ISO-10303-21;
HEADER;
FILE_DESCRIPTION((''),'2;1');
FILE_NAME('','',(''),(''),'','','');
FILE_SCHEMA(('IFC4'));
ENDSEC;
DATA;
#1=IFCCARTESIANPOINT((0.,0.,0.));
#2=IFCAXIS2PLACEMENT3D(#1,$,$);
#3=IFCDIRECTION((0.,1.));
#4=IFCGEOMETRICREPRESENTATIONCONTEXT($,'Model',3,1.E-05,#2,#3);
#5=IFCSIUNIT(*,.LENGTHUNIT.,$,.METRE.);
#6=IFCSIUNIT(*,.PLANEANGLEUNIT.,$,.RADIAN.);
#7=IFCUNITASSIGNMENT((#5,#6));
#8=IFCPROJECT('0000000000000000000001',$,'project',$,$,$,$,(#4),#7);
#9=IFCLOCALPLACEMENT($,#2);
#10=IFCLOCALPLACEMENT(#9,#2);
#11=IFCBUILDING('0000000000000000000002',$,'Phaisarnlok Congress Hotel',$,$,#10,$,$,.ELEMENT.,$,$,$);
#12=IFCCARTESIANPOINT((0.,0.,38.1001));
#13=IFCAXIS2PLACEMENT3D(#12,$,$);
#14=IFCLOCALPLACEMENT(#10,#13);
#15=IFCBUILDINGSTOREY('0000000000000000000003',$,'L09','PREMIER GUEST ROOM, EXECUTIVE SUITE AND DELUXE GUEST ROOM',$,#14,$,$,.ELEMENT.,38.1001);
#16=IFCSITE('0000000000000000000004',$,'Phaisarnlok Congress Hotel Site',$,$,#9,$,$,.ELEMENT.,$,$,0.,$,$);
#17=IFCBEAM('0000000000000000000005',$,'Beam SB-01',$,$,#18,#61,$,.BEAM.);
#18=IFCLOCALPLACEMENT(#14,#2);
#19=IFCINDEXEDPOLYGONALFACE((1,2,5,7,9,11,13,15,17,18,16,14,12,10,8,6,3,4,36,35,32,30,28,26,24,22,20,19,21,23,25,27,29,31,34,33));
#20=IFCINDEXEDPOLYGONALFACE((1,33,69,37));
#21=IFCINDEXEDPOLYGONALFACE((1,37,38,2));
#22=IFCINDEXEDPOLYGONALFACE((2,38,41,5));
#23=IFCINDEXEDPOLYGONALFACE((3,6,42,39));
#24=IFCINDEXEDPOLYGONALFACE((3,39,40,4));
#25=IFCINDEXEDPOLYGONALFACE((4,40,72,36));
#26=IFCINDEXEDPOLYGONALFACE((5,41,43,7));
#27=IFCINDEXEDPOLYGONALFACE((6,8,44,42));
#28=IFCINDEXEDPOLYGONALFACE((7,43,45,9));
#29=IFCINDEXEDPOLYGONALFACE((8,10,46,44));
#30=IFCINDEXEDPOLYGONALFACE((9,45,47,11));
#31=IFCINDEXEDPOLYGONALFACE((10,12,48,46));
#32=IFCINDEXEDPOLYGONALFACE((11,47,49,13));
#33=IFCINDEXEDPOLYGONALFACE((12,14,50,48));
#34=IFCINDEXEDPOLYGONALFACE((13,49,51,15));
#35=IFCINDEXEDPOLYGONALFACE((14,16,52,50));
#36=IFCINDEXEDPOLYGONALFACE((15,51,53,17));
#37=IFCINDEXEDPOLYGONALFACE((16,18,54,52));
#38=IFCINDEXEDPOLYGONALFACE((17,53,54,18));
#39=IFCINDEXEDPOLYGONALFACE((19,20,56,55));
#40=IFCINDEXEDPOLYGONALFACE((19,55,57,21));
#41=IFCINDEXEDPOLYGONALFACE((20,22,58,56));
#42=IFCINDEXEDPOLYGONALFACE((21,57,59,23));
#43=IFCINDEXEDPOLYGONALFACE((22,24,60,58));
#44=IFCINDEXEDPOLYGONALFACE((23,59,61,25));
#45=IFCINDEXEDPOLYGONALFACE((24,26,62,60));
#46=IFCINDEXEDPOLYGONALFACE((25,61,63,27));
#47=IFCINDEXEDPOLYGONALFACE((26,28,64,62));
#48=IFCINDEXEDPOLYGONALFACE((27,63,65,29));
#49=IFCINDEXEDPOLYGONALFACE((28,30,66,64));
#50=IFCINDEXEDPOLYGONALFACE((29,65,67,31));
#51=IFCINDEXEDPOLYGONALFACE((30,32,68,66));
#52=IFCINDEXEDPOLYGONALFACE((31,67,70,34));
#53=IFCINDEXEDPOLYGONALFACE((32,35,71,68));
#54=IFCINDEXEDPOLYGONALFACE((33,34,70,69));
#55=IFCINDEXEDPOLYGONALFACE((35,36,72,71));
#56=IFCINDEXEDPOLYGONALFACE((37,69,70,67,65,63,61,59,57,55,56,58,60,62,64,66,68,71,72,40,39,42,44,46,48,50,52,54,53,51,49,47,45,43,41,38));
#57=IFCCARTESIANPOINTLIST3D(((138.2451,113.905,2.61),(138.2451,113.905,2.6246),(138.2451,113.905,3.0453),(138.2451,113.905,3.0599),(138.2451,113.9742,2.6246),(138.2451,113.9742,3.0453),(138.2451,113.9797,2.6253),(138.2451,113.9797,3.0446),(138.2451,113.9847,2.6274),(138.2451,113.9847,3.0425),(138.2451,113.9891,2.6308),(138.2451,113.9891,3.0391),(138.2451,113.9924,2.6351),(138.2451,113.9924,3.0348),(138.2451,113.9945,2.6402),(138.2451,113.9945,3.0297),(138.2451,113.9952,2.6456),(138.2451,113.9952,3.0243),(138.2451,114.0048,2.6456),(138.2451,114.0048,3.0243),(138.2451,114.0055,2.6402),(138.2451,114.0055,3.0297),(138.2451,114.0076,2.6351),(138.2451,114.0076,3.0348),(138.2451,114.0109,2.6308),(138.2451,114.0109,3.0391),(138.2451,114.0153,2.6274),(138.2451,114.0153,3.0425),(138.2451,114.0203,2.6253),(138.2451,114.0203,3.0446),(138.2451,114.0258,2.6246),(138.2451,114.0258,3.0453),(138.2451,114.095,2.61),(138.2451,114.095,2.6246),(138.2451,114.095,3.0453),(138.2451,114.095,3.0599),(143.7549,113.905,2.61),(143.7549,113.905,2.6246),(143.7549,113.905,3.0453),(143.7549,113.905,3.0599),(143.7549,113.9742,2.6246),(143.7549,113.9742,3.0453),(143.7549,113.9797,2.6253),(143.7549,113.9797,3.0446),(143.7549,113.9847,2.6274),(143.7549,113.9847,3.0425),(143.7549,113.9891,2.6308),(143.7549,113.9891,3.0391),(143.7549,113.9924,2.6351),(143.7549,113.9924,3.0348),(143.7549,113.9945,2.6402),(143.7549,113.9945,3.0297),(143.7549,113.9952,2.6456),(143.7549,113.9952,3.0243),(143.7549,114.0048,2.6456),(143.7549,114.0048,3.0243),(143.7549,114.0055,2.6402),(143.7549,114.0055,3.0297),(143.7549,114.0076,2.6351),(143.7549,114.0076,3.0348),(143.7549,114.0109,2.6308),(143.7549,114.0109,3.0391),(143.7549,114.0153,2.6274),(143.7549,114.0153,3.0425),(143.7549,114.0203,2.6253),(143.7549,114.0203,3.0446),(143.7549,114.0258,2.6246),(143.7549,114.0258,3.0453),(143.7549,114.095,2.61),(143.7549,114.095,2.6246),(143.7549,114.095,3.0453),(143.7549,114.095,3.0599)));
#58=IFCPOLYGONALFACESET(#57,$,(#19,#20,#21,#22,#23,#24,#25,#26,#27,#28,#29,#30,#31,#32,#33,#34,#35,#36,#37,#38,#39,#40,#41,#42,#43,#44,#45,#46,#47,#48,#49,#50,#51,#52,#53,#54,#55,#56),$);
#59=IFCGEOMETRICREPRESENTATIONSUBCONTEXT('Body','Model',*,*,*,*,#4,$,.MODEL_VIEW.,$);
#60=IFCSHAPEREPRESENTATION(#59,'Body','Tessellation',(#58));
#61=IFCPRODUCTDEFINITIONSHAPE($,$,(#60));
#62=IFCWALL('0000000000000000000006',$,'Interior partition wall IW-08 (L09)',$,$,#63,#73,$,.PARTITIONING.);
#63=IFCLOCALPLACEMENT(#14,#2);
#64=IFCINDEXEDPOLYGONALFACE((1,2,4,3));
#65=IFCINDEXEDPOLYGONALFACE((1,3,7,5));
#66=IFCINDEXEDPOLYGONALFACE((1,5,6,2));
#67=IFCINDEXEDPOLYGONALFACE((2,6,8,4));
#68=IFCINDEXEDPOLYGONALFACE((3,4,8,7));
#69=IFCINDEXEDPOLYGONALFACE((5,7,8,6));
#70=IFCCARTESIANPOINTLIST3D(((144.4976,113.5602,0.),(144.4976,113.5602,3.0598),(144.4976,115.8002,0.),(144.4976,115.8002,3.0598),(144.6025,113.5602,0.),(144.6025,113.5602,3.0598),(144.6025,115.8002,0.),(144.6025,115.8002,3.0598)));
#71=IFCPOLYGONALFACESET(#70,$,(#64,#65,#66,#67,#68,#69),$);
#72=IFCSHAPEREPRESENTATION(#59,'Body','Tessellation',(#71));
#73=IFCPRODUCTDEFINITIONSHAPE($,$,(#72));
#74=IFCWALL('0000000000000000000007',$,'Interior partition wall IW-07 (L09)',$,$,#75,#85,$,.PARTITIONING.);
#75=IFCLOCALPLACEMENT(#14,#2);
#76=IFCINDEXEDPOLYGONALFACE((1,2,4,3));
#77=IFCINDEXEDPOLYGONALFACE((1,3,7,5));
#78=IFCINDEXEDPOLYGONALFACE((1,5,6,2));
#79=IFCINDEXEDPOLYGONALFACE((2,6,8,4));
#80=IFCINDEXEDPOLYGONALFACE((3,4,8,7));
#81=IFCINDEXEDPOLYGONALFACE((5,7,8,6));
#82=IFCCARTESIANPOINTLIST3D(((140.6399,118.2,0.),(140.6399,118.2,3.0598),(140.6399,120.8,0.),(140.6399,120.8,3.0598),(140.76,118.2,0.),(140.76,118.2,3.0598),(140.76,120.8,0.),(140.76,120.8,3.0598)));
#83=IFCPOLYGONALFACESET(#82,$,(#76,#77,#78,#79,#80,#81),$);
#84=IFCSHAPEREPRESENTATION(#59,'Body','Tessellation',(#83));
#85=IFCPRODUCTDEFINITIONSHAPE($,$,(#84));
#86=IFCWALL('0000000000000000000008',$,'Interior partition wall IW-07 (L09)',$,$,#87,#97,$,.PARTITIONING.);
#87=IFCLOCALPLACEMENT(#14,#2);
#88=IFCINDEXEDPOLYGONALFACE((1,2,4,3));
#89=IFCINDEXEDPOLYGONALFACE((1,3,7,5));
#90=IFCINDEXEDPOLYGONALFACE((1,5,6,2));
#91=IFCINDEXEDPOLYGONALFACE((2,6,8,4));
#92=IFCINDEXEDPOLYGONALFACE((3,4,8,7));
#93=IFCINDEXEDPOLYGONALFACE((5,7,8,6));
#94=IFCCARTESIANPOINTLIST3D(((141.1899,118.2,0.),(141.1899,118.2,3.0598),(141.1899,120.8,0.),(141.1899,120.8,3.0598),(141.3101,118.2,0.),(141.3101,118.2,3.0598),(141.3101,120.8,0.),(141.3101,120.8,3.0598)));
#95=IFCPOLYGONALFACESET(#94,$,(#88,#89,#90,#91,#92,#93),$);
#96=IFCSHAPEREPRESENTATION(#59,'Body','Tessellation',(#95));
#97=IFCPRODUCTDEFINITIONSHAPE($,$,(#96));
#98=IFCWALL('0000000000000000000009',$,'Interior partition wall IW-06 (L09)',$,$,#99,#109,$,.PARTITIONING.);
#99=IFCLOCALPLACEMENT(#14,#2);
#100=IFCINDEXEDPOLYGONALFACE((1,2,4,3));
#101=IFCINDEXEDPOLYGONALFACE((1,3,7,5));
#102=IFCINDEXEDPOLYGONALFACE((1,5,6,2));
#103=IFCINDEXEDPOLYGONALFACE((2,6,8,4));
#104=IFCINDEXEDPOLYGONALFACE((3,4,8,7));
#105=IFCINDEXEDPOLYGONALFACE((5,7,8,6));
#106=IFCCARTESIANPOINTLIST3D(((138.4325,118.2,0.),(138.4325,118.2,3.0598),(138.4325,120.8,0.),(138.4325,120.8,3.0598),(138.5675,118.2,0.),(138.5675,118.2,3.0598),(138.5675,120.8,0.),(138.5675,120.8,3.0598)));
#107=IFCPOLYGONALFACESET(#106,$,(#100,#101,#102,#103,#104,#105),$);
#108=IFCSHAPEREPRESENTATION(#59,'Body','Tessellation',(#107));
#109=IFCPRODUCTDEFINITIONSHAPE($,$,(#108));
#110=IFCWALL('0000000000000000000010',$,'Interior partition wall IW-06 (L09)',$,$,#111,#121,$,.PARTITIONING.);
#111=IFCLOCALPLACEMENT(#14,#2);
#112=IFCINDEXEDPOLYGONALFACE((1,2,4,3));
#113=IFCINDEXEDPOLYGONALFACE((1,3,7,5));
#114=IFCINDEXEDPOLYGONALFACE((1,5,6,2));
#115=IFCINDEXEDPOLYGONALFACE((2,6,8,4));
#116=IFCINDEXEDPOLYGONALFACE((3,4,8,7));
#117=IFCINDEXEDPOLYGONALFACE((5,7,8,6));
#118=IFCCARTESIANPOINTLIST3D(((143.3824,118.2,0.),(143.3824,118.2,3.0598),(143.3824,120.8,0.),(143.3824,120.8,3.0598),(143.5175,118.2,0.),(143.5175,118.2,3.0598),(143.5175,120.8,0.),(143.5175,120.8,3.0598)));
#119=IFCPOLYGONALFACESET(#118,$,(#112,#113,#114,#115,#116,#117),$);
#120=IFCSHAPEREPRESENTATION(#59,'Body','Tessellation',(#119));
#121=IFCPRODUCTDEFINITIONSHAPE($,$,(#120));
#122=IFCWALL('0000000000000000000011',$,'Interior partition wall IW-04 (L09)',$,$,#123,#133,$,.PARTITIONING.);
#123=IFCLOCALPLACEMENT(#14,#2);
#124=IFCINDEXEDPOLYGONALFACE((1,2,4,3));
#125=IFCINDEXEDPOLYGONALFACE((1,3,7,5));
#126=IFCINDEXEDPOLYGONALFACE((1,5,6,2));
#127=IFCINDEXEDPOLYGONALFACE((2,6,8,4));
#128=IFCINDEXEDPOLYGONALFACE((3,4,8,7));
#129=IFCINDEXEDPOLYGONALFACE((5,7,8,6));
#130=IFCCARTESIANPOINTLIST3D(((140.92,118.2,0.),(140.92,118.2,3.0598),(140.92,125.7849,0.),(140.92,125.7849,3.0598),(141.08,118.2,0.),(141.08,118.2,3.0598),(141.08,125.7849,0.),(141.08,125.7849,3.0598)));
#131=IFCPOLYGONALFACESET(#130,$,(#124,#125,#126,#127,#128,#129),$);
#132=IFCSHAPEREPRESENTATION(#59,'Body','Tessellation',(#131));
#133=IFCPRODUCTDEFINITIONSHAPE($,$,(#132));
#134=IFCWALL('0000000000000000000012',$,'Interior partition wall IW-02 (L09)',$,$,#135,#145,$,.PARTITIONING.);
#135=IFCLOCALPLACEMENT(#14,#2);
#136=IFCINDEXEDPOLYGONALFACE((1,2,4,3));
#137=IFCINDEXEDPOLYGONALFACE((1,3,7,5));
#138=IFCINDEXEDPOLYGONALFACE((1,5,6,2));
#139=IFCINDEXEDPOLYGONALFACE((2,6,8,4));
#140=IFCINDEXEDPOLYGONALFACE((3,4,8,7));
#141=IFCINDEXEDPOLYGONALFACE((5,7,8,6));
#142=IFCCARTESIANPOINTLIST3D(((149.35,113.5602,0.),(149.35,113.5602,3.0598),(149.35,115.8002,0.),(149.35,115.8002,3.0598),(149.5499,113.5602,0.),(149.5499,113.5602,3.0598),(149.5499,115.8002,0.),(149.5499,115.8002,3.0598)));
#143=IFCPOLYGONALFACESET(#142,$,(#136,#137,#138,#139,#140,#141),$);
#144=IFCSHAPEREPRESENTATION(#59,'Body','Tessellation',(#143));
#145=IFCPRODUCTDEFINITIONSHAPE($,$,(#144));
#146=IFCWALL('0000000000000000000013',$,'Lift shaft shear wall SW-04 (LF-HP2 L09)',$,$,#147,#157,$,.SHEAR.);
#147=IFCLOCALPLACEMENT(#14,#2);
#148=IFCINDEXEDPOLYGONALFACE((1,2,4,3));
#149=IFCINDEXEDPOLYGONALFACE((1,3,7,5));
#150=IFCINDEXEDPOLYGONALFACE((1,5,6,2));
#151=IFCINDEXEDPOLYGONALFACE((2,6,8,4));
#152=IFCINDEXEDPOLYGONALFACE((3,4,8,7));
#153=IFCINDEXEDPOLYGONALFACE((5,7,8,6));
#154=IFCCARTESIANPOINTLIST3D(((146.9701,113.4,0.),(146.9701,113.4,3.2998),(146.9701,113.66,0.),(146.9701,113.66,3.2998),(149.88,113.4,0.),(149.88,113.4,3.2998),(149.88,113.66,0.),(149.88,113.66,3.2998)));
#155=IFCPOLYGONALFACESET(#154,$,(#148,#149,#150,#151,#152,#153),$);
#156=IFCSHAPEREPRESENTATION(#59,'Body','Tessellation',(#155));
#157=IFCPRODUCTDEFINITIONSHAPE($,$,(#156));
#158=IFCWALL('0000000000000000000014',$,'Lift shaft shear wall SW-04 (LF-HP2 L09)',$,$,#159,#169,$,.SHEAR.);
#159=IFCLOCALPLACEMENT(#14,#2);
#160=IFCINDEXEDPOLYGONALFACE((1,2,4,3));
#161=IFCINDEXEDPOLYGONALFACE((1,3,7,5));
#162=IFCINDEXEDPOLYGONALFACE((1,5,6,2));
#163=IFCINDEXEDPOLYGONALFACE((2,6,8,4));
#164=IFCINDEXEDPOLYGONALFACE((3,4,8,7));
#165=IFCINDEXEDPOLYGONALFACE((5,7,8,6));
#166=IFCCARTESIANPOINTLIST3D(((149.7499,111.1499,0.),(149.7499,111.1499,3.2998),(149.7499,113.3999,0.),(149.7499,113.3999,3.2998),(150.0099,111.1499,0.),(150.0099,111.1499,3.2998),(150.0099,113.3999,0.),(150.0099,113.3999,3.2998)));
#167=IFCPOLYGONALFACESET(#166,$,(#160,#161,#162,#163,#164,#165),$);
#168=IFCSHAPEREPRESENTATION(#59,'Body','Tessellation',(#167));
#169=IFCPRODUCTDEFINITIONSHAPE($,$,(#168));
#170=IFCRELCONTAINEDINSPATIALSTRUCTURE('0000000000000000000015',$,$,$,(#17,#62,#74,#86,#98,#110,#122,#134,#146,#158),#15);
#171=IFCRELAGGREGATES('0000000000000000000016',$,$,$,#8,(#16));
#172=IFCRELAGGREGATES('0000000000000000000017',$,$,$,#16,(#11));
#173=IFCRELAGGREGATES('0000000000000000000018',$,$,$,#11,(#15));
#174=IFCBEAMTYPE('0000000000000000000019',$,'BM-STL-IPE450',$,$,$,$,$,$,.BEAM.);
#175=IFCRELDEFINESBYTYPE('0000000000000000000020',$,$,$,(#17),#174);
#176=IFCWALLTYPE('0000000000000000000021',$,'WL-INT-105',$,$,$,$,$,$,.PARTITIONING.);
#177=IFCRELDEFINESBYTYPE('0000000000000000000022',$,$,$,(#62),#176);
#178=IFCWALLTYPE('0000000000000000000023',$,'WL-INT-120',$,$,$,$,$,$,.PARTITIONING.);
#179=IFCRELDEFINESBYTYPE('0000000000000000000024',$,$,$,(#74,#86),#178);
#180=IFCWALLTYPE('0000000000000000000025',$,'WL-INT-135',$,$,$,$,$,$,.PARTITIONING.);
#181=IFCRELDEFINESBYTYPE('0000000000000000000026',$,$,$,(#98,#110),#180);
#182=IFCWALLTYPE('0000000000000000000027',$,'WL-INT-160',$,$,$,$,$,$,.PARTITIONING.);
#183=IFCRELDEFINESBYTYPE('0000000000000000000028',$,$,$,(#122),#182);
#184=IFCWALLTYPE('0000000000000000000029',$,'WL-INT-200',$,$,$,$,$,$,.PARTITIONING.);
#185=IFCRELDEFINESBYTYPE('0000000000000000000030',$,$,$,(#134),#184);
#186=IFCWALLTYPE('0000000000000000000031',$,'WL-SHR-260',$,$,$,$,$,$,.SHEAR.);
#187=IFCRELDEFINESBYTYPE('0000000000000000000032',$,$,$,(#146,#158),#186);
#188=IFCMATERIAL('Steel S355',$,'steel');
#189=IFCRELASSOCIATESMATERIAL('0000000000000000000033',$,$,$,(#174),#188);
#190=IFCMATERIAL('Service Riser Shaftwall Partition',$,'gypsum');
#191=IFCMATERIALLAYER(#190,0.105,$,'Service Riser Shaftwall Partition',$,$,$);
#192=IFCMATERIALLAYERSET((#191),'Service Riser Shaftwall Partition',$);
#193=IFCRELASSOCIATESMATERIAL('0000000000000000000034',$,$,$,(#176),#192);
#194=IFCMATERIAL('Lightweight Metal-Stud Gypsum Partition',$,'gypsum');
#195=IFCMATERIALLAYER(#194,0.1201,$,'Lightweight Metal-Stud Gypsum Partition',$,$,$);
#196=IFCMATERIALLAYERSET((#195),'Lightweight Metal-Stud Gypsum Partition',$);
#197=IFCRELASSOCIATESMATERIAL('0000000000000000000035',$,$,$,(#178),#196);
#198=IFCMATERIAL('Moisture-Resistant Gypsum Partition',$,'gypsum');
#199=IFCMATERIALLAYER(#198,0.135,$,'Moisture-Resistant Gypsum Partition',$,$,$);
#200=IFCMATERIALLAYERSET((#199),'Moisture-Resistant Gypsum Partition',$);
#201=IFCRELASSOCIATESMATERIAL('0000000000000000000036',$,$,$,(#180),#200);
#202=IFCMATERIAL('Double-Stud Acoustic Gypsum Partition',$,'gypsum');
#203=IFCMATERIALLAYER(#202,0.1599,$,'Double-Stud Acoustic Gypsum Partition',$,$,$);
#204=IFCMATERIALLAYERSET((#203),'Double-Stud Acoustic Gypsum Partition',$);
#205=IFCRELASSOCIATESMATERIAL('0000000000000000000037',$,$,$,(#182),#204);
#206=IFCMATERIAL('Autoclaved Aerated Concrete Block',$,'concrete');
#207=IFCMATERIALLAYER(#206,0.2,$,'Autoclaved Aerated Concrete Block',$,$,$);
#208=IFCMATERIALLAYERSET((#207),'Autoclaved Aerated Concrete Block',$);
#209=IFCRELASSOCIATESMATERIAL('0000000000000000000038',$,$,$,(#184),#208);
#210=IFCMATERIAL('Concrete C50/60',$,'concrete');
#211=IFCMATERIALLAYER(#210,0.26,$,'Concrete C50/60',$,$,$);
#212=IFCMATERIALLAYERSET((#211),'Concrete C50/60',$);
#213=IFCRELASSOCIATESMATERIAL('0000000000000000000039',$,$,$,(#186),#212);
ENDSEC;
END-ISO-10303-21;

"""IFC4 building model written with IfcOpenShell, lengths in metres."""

from ifc_helpers import new_model, si_unit, direction, frame, frame_2d, origin, origin_2d, place, context, subcontext, project, spatial, rectangle, i_section, extrude, material, layer, layer_set, material_profile, profile_set, type_object, element, save


model = new_model("IFC4")

# Units and contexts
model_context = context("Model", 3, precision=1e-05, world=origin(), true_north=direction((0.0, 1.0)))
body_context = subcontext(model_context, "Body", "Model", "MODEL_VIEW")
ifc_project = project(units=[si_unit("LENGTHUNIT", "METRE"), si_unit("PLANEANGLEUNIT", "RADIAN")], contexts=[model_context])

# Site, building, storey
site_placement = place(None, origin())
site = spatial("IfcSite", under=ifc_project, at=site_placement, Name="Phaisarnlok Congress Hotel Site", CompositionType="ELEMENT", RefElevation=0.0)
building_placement = place(site_placement, origin())
building = spatial("IfcBuilding", under=site, at=building_placement, Name="Phaisarnlok Congress Hotel", CompositionType="ELEMENT")
storey_placement = place(building_placement, frame((0.0, 0.0, 38.1001)))
storey = spatial("IfcBuildingStorey", under=building, at=storey_placement, Name="L09", Description="PREMIER GUEST ROOM, EXECUTIVE SUITE AND DELUXE GUEST ROOM", CompositionType="ELEMENT", Elevation=38.1001)

# Shared definitions
ifc_material_1 = material(Name="Concrete C50/60", Category="concrete")

# Beam
ifc_material_2 = material(Name="Steel S355", Category="steel")
ifc_material_profile_1 = material_profile(ifc_material_2, i_section(OverallWidth=0.1899, OverallDepth=0.45, WebThickness=0.0095, FlangeThickness=0.0146, FilletRadius=0.021, at=origin_2d()), Name="IPE 450")
ifc_profile_set_1 = profile_set([ifc_material_profile_1], Name="Steel S355")
beam_type_1 = type_object("IfcBeamType", Name="BM-STL-IPE450", PredefinedType="BEAM", material=ifc_profile_set_1)
beam_1_placement = place(storey_placement, frame((138.2451, 114.0, 2.835), z_axis=(1.0, 0.0, 0.0), x_axis=(0.0, 1.0, 0.0)))
element("IfcBeam", 1, at=beam_1_placement, inside=storey, type_object=beam_type_1, Name="Beam SB-01", PredefinedType="BEAM", context=body_context, shape_type="SweptSolid", body=[
    extrude(i_section(OverallWidth=0.1899, OverallDepth=0.45, WebThickness=0.0095, FlangeThickness=0.0146, FilletRadius=0.021, at=origin_2d()), origin(), (0.0, 0.0, 1.0), 5.5098),
])

# Walls
ifc_material_3 = material(Name="Service Riser Shaftwall Partition", Category="gypsum")
ifc_layer_1 = layer(ifc_material_3, 0.105, Name="Service Riser Shaftwall Partition")
ifc_layer_set_1 = layer_set([ifc_layer_1], Name="Service Riser Shaftwall Partition")
wall_type_1 = type_object("IfcWallType", Name="WL-INT-105", PredefinedType="PARTITIONING", material=ifc_layer_set_1)
wall_1_placement = place(storey_placement, frame((144.55, 113.5601, 0.0), z_axis=(0.0, 0.0, 1.0), x_axis=(0.0, 1.0, 0.0)))
element("IfcWall", 2, at=wall_1_placement, inside=storey, type_object=wall_type_1, Name="Interior partition wall IW-08 (L09)", PredefinedType="PARTITIONING", context=body_context, shape_type="SweptSolid", body=[
    extrude(rectangle(XDim=2.24, YDim=0.105, at=frame_2d((1.1201, 0.0))), origin(), (0.0, 0.0, 1.0), 3.0598),
])
ifc_material_4 = material(Name="Lightweight Metal-Stud Gypsum Partition", Category="gypsum")
ifc_layer_2 = layer(ifc_material_4, 0.1201, Name="Lightweight Metal-Stud Gypsum Partition")
ifc_layer_set_2 = layer_set([ifc_layer_2], Name="Lightweight Metal-Stud Gypsum Partition")
wall_type_2 = type_object("IfcWallType", Name="WL-INT-120", PredefinedType="PARTITIONING", material=ifc_layer_set_2)
for number, where, z_axis, x_axis, name in (
    (3, (140.7, 118.2, 0.0), (0.0, 0.0, 1.0), (0.0, 1.0, 0.0), "Interior partition wall IW-07 (L09)"),
    (4, (141.25, 118.2, 0.0), (0.0, 0.0, 1.0), (0.0, 1.0, 0.0), "Interior partition wall IW-07 (L09)"),
):
    element("IfcWall", number, at=place(storey_placement, frame(where, z_axis=z_axis, x_axis=x_axis)), inside=storey, type_object=wall_type_2, Name=name, PredefinedType="PARTITIONING", context=body_context, shape_type="SweptSolid", body=[
        extrude(rectangle(XDim=2.6001, YDim=0.1201, at=frame_2d((1.3, 0.0))), origin(), (0.0, 0.0, 1.0), 3.0598),
    ])
ifc_material_5 = material(Name="Moisture-Resistant Gypsum Partition", Category="gypsum")
ifc_layer_3 = layer(ifc_material_5, 0.135, Name="Moisture-Resistant Gypsum Partition")
ifc_layer_set_3 = layer_set([ifc_layer_3], Name="Moisture-Resistant Gypsum Partition")
wall_type_3 = type_object("IfcWallType", Name="WL-INT-135", PredefinedType="PARTITIONING", material=ifc_layer_set_3)
for number, where, z_axis, x_axis, name in (
    (5, (138.5, 118.2, 0.0), (0.0, 0.0, 1.0), (0.0, 1.0, 0.0), "Interior partition wall IW-06 (L09)"),
    (6, (143.45, 118.2, 0.0), (0.0, 0.0, 1.0), (0.0, 1.0, 0.0), "Interior partition wall IW-06 (L09)"),
):
    element("IfcWall", number, at=place(storey_placement, frame(where, z_axis=z_axis, x_axis=x_axis)), inside=storey, type_object=wall_type_3, Name=name, PredefinedType="PARTITIONING", context=body_context, shape_type="SweptSolid", body=[
        extrude(rectangle(XDim=2.6001, YDim=0.135, at=frame_2d((1.3, 0.0))), origin(), (0.0, 0.0, 1.0), 3.0598),
    ])
ifc_material_6 = material(Name="Double-Stud Acoustic Gypsum Partition", Category="gypsum")
ifc_layer_4 = layer(ifc_material_6, 0.1599, Name="Double-Stud Acoustic Gypsum Partition")
ifc_layer_set_4 = layer_set([ifc_layer_4], Name="Double-Stud Acoustic Gypsum Partition")
wall_type_4 = type_object("IfcWallType", Name="WL-INT-160", PredefinedType="PARTITIONING", material=ifc_layer_set_4)
wall_2_placement = place(storey_placement, frame((141.0, 118.2, 0.0), z_axis=(0.0, 0.0, 1.0), x_axis=(0.0, 1.0, 0.0)))
element("IfcWall", 7, at=wall_2_placement, inside=storey, type_object=wall_type_4, Name="Interior partition wall IW-04 (L09)", PredefinedType="PARTITIONING", context=body_context, shape_type="SweptSolid", body=[
    extrude(rectangle(XDim=7.585, YDim=0.1599, at=frame_2d((3.7925, 0.0))), origin(), (0.0, 0.0, 1.0), 3.0598),
])
ifc_material_7 = material(Name="Autoclaved Aerated Concrete Block", Category="concrete")
ifc_layer_5 = layer(ifc_material_7, 0.2, Name="Autoclaved Aerated Concrete Block")
ifc_layer_set_5 = layer_set([ifc_layer_5], Name="Autoclaved Aerated Concrete Block")
wall_type_5 = type_object("IfcWallType", Name="WL-INT-200", PredefinedType="PARTITIONING", material=ifc_layer_set_5)
wall_3_placement = place(storey_placement, frame((149.45, 113.5601, 0.0), z_axis=(0.0, 0.0, 1.0), x_axis=(0.0, 1.0, 0.0)))
element("IfcWall", 8, at=wall_3_placement, inside=storey, type_object=wall_type_5, Name="Interior partition wall IW-02 (L09)", PredefinedType="PARTITIONING", context=body_context, shape_type="SweptSolid", body=[
    extrude(rectangle(XDim=2.24, YDim=0.2, at=frame_2d((1.1201, 0.0))), origin(), (0.0, 0.0, 1.0), 3.0598),
])
ifc_layer_6 = layer(ifc_material_1, 0.26, Name="Concrete C50/60")
ifc_layer_set_6 = layer_set([ifc_layer_6], Name="Concrete C50/60")
wall_type_6 = type_object("IfcWallType", Name="WL-SHR-260", PredefinedType="SHEAR", material=ifc_layer_set_6)
wall_4_placement = place(storey_placement, frame((146.97, 113.53, 0.0), z_axis=(0.0, 0.0, 1.0), x_axis=(1.0, 0.0, 0.0)))
element("IfcWall", 9, at=wall_4_placement, inside=storey, type_object=wall_type_6, Name="Lift shaft shear wall SW-04 (LF-HP2 L09)", PredefinedType="SHEAR", context=body_context, shape_type="SweptSolid", body=[
    extrude(rectangle(XDim=2.9099, YDim=0.26, at=frame_2d((1.4551, 0.0))), origin(), (0.0, 0.0, 1.0), 3.2998),
])
wall_5_placement = place(storey_placement, frame((149.8799, 111.1499, 0.0), z_axis=(0.0, 0.0, 1.0), x_axis=(0.0, 1.0, 0.0)))
element("IfcWall", 10, at=wall_5_placement, inside=storey, type_object=wall_type_6, Name="Lift shaft shear wall SW-04 (LF-HP2 L09)", PredefinedType="SHEAR", context=body_context, shape_type="SweptSolid", body=[
    extrude(rectangle(XDim=2.25, YDim=0.26, at=frame_2d((1.125, 0.0))), origin(), (0.0, 0.0, 1.0), 3.2998),
])

save(model, "model.ifc")
